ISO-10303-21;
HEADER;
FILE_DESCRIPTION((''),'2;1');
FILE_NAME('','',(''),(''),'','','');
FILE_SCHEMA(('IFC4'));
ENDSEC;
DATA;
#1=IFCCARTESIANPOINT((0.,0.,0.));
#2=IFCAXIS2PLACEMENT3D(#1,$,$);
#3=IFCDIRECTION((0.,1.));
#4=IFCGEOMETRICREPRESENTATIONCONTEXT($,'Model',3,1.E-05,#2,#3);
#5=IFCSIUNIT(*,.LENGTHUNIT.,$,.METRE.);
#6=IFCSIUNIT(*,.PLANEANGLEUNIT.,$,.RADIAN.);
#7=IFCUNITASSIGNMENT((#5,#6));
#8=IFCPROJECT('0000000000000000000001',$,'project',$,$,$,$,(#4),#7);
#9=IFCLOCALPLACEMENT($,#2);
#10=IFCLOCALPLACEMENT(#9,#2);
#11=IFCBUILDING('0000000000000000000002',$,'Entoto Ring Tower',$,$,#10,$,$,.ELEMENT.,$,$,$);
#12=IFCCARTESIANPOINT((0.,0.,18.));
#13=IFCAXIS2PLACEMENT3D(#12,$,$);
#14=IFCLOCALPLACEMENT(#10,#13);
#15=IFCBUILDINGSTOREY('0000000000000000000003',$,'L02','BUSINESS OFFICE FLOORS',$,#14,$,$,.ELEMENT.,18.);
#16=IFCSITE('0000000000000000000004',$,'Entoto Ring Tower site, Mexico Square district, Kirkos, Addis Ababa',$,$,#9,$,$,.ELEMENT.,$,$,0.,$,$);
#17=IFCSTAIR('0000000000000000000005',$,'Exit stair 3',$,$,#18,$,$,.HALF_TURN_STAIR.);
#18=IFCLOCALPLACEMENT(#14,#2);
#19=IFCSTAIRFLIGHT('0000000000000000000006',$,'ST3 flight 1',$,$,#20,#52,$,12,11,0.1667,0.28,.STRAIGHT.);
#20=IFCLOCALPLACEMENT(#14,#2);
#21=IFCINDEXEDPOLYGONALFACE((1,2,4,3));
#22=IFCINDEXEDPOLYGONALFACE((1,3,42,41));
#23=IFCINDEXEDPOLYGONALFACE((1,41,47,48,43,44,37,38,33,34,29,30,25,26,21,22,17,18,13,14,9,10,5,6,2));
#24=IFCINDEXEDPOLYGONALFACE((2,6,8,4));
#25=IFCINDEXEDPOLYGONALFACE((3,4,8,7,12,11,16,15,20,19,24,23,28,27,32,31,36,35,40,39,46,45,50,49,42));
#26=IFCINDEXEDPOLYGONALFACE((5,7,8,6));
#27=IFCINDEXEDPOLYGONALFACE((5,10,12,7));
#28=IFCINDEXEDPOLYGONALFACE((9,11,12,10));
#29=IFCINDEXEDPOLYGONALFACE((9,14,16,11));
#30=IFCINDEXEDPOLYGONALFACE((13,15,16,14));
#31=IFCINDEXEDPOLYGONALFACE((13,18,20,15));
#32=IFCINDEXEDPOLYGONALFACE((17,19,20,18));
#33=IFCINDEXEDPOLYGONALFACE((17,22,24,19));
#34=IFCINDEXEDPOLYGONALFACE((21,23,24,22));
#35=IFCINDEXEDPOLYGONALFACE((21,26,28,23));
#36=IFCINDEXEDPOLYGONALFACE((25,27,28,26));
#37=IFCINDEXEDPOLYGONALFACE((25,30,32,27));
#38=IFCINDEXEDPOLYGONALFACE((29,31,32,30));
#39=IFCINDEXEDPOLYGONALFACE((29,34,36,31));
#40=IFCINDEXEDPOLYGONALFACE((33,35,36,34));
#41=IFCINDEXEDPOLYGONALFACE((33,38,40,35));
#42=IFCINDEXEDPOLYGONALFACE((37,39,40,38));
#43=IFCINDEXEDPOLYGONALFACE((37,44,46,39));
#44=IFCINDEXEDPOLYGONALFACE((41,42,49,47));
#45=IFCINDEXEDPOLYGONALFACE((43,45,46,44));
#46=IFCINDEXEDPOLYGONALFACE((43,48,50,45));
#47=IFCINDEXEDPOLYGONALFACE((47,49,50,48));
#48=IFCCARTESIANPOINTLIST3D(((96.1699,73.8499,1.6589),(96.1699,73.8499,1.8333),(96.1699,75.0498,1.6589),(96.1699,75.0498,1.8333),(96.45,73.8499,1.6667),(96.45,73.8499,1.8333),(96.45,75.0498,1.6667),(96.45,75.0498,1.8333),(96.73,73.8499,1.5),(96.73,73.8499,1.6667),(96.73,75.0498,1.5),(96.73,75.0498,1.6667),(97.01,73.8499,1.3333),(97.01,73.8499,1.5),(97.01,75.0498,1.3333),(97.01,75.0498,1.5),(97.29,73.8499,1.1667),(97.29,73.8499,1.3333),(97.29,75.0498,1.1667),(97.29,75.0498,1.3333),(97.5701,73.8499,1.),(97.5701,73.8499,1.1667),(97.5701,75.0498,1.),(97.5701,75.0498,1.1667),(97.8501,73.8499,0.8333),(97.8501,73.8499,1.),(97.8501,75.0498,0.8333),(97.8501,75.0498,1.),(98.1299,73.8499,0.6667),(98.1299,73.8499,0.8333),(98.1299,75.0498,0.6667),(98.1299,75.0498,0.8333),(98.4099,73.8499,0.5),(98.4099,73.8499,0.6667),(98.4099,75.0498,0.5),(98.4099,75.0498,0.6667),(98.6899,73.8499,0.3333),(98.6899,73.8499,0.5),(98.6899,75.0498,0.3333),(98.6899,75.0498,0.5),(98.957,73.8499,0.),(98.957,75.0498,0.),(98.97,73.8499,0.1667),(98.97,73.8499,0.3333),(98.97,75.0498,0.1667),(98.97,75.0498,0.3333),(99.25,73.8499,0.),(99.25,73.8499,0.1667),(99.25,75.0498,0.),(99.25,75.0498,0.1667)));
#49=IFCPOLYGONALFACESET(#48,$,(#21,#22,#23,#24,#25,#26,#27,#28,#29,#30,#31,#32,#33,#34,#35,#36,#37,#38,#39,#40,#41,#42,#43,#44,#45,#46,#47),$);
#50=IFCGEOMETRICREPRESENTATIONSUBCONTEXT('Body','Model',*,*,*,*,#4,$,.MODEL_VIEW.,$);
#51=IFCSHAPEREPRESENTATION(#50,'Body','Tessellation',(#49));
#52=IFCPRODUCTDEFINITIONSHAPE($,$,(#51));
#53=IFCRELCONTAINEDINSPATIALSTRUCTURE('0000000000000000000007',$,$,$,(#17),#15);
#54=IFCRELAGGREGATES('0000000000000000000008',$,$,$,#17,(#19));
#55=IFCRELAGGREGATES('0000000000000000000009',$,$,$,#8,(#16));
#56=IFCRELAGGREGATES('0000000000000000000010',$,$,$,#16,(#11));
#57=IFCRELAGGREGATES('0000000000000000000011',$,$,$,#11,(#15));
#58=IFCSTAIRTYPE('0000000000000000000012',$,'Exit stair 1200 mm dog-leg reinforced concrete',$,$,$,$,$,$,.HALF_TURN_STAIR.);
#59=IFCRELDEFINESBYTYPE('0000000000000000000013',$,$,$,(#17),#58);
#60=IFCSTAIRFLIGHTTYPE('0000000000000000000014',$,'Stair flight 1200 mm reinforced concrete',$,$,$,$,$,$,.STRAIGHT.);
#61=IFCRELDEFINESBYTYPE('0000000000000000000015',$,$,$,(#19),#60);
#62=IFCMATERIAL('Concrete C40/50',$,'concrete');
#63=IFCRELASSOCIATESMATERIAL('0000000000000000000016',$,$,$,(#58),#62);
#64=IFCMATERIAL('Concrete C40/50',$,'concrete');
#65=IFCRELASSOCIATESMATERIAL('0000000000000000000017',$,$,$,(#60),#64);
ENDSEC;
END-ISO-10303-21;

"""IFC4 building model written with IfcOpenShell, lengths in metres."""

from ifc_helpers import new_model, si_unit, direction, frame, origin, place, context, subcontext, project, spatial, polyline, outline, extrude, material, type_object, element, aggregate, save


model = new_model("IFC4")

# Units and contexts
model_context = context("Model", 3, precision=1e-05, world=origin(), true_north=direction((0.0, 1.0)))
body_context = subcontext(model_context, "Body", "Model", "MODEL_VIEW")
ifc_project = project(units=[si_unit("LENGTHUNIT", "METRE"), si_unit("PLANEANGLEUNIT", "RADIAN")], contexts=[model_context])

# Site, building, storey
site_placement = place(None, origin())
site = spatial("IfcSite", under=ifc_project, at=site_placement, Name="Entoto Ring Tower site, Mexico Square district, Kirkos, Addis Ababa", CompositionType="ELEMENT", RefElevation=0.0)
building_placement = place(site_placement, origin())
building = spatial("IfcBuilding", under=site, at=building_placement, Name="Entoto Ring Tower", CompositionType="ELEMENT")
storey_placement = place(building_placement, frame((0.0, 0.0, 18.0)))
storey = spatial("IfcBuildingStorey", under=building, at=storey_placement, Name="L02", Description="BUSINESS OFFICE FLOORS", CompositionType="ELEMENT", Elevation=18.0)

# Stair, stair flight
ifc_material_1 = material(Name="Concrete C40/50", Category="concrete")
stair_type = type_object("IfcStairType", Name="Exit stair 1200 mm dog-leg reinforced concrete", PredefinedType="HALF_TURN_STAIR", material=ifc_material_1)
stair_placement = place(storey_placement, origin())
stair = element("IfcStair", 1, at=stair_placement, inside=storey, type_object=stair_type, Name="Exit stair 3", PredefinedType="HALF_TURN_STAIR")
ifc_material_2 = material(Name="Concrete C40/50", Category="concrete")
stair_flight_type = type_object("IfcStairFlightType", Name="Stair flight 1200 mm reinforced concrete", PredefinedType="STRAIGHT", material=ifc_material_2)
stair_flight_placement = place(storey_placement, frame((99.25, 74.45, 0.0), z_axis=(0.0, 0.0, 1.0), x_axis=(-1.0, 0.0, 0.0)))
stair_flight = element("IfcStairFlight", 2, at=stair_flight_placement, type_object=stair_flight_type, Name="ST3 flight 1", NumberOfRisers=12, NumberOfTreads=11, PredefinedType="STRAIGHT", RiserHeight=0.1667, TreadLength=0.28, context=body_context, shape_type="SweptSolid", body=[
    extrude(outline(polyline([(0.0, 0.0), (0.0, 0.1667), (0.28, 0.1667), (0.28, 0.3333), (0.5601, 0.3333), (0.5601, 0.5), (0.8401, 0.5), (0.8401, 0.6667), (1.1201, 0.6667), (1.1201, 0.8333), (1.3999, 0.8333), (1.3999, 1.0), (1.6799, 1.0), (1.6799, 1.1667), (1.96, 1.1667), (1.96, 1.3333), (2.24, 1.3333), (2.24, 1.5), (2.52, 1.5), (2.52, 1.6667), (2.8, 1.6667), (2.8, 1.8333), (3.0801, 1.8333), (3.0801, 2.0), (3.0801, 1.6589), (0.293, 0.0), (0.0, 0.0)])), frame((0.0, 0.6001, 0.0), z_axis=(0.0, -1.0, 0.0), x_axis=(1.0, 0.0, 0.0)), (0.0, 0.0, 1.0), 1.2),
])
aggregate(stair, [stair_flight])

save(model, "model.ifc")
